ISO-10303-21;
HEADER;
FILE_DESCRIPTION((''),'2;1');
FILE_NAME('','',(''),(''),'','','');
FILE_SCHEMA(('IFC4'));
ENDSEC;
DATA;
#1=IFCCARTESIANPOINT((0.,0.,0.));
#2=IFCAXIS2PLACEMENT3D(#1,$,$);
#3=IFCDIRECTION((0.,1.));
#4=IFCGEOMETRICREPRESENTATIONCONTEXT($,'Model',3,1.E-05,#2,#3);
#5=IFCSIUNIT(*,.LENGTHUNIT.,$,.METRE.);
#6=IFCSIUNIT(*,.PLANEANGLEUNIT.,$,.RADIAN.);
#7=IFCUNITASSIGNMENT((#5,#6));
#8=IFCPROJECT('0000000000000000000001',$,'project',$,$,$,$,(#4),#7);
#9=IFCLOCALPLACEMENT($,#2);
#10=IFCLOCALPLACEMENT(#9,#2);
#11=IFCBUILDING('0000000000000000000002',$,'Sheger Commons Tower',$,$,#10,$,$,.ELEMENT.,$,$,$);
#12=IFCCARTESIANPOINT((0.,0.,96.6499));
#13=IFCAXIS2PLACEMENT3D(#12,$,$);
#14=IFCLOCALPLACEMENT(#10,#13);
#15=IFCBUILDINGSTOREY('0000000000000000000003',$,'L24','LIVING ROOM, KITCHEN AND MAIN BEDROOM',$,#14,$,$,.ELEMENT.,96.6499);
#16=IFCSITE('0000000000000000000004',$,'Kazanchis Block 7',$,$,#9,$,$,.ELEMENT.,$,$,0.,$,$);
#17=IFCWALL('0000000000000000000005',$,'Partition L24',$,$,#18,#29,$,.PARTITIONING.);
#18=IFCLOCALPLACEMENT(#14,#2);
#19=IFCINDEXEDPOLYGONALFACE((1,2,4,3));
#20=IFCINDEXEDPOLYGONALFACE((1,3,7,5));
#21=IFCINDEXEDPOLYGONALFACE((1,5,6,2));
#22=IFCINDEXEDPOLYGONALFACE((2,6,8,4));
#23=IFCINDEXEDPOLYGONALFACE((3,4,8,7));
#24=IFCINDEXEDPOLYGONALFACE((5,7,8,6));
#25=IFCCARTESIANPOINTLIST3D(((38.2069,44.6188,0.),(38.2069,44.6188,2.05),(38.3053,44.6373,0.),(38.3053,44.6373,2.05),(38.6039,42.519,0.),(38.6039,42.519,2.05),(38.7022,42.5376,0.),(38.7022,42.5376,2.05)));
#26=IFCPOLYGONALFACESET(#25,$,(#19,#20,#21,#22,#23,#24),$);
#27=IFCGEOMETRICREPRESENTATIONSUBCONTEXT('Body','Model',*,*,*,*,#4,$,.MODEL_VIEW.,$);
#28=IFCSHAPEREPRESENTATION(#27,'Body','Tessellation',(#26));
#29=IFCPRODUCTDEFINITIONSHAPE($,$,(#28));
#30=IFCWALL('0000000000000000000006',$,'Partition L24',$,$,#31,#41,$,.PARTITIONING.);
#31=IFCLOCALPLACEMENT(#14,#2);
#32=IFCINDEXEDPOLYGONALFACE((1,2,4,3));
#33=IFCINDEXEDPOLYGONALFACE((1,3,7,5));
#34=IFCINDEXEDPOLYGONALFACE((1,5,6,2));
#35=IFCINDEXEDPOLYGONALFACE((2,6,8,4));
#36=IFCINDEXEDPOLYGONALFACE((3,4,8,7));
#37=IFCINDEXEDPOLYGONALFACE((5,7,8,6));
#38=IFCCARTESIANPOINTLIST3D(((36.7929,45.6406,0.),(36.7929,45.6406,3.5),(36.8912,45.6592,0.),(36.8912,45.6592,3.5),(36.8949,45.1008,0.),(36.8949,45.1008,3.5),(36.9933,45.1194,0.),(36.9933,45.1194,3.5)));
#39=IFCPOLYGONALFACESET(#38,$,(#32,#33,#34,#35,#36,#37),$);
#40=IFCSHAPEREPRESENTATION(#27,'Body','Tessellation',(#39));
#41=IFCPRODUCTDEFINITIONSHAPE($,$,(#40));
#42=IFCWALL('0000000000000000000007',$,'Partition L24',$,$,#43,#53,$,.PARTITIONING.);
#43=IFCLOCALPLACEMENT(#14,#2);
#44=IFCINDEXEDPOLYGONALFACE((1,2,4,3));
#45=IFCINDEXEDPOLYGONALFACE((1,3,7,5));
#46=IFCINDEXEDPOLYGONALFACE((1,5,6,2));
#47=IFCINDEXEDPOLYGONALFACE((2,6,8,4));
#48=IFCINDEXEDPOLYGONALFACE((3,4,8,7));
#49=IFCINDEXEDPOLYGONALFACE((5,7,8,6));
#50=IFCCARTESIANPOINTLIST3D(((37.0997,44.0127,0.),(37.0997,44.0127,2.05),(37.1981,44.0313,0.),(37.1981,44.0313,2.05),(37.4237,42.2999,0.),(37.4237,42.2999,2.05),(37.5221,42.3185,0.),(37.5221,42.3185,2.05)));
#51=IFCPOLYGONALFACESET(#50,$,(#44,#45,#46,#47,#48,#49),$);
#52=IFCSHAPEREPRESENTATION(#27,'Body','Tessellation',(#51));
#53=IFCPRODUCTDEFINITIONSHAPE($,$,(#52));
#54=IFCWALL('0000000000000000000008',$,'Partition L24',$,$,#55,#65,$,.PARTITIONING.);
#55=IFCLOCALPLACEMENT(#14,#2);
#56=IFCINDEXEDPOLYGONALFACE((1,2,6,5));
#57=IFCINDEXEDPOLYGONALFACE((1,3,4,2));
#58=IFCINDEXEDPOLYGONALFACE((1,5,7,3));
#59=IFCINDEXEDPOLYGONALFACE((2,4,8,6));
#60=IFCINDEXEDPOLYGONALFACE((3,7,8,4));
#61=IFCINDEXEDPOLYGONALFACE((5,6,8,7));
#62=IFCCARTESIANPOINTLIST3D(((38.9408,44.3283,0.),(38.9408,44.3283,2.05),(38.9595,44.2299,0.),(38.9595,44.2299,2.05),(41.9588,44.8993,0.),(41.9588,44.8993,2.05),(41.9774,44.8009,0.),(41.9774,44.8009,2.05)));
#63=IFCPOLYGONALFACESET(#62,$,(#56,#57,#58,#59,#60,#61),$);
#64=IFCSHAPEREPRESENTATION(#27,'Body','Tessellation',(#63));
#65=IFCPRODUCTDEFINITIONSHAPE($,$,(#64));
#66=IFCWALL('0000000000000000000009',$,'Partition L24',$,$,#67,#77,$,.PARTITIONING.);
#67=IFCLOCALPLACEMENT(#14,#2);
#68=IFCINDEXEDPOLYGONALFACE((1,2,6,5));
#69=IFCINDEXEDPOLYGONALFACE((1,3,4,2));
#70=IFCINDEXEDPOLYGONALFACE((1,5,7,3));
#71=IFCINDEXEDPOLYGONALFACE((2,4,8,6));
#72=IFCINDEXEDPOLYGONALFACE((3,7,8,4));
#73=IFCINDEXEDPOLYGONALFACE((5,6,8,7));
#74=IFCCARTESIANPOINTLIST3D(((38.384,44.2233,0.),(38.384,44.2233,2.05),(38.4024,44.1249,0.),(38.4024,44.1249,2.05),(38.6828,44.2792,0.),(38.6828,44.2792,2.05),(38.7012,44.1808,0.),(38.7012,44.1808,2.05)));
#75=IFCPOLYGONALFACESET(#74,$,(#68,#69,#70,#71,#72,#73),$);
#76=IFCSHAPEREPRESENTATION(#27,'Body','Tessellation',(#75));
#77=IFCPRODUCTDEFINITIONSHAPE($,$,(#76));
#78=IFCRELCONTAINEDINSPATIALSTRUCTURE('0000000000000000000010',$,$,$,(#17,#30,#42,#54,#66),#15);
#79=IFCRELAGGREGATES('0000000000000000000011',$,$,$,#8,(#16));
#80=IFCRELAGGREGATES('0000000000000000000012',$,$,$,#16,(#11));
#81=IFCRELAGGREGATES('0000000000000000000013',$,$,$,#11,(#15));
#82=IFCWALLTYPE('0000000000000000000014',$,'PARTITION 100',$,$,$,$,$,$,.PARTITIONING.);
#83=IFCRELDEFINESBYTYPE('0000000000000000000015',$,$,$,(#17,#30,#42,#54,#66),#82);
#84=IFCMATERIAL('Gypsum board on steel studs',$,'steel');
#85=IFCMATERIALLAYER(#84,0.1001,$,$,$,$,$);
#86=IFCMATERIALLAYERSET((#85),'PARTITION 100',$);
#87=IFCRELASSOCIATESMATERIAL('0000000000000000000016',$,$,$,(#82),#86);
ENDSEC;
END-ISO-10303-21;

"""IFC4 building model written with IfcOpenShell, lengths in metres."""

from ifc_helpers import new_model, si_unit, direction, frame, frame_2d, origin, place, context, subcontext, project, spatial, rectangle, extrude, material, layer, layer_set, type_object, element, save


model = new_model("IFC4")

# Units and contexts
model_context = context("Model", 3, precision=1e-05, world=origin(), true_north=direction((0.0, 1.0)))
body_context = subcontext(model_context, "Body", "Model", "MODEL_VIEW")
ifc_project = project(units=[si_unit("LENGTHUNIT", "METRE"), si_unit("PLANEANGLEUNIT", "RADIAN")], contexts=[model_context])

# Site, building, storey
site_placement = place(None, origin())
site = spatial("IfcSite", under=ifc_project, at=site_placement, Name="Kazanchis Block 7", CompositionType="ELEMENT", RefElevation=0.0)
building_placement = place(site_placement, origin())
building = spatial("IfcBuilding", under=site, at=building_placement, Name="Sheger Commons Tower", CompositionType="ELEMENT")
storey_placement = place(building_placement, frame((0.0, 0.0, 96.6499)))
storey = spatial("IfcBuildingStorey", under=building, at=storey_placement, Name="L24", Description="LIVING ROOM, KITCHEN AND MAIN BEDROOM", CompositionType="ELEMENT", Elevation=96.6499)

# Walls
ifc_material_1 = material(Name="Gypsum board on steel studs", Category="steel")
ifc_layer_1 = layer(ifc_material_1, 0.1001)
ifc_layer_set_1 = layer_set([ifc_layer_1], Name="PARTITION 100")
wall_type_1 = type_object("IfcWallType", Name="PARTITION 100", PredefinedType="PARTITIONING", material=ifc_layer_set_1)
wall_1_placement = place(storey_placement, frame((38.2561, 44.6279, 0.0), z_axis=(0.0, 0.0, 1.0), x_axis=(0.185758, -0.982596, 0.0)))
element("IfcWall", 1, at=wall_1_placement, inside=storey, type_object=wall_type_1, Name="Partition L24", PredefinedType="PARTITIONING", context=body_context, shape_type="SweptSolid", body=[
    extrude(rectangle(XDim=2.137, YDim=0.1001, at=frame_2d((1.0684, 0.0))), origin(), (0.0, 0.0, 1.0), 2.05),
])
wall_2_placement = place(storey_placement, frame((36.842, 45.6499, 0.0), z_axis=(0.0, 0.0, 1.0), x_axis=(0.185764, -0.982594, 0.0)))
element("IfcWall", 2, at=wall_2_placement, inside=storey, type_object=wall_type_1, Name="Partition L24", PredefinedType="PARTITIONING", context=body_context, shape_type="SweptSolid", body=[
    extrude(rectangle(XDim=0.5493, YDim=0.1001, at=frame_2d((0.2747, 0.0))), origin(), (0.0, 0.0, 1.0), 3.5),
])
wall_3_placement = place(storey_placement, frame((37.1489, 44.022, 0.0), z_axis=(0.0, 0.0, 1.0), x_axis=(0.185844, -0.982579, 0.0)))
element("IfcWall", 3, at=wall_3_placement, inside=storey, type_object=wall_type_1, Name="Partition L24", PredefinedType="PARTITIONING", context=body_context, shape_type="SweptSolid", body=[
    extrude(rectangle(XDim=1.7432, YDim=0.1001, at=frame_2d((0.8716, 0.0))), origin(), (0.0, 0.0, 1.0), 2.05),
])
wall_4_placement = place(storey_placement, frame((41.968, 44.8501, 0.0), z_axis=(0.0, 0.0, 1.0), x_axis=(-0.982567, -0.18591, 0.0)))
element("IfcWall", 4, at=wall_4_placement, inside=storey, type_object=wall_type_1, Name="Partition L24", PredefinedType="PARTITIONING", context=body_context, shape_type="SweptSolid", body=[
    extrude(rectangle(XDim=3.0715, YDim=0.1001, at=frame_2d((1.5356, 0.0))), origin(), (0.0, 0.0, 1.0), 2.05),
])
wall_5_placement = place(storey_placement, frame((38.6919, 44.23, 0.0), z_axis=(0.0, 0.0, 1.0), x_axis=(-0.982945, -0.183901, 0.0)))
element("IfcWall", 5, at=wall_5_placement, inside=storey, type_object=wall_type_1, Name="Partition L24", PredefinedType="PARTITIONING", context=body_context, shape_type="SweptSolid", body=[
    extrude(rectangle(XDim=0.304, YDim=0.1001, at=frame_2d((0.1519, 0.0))), origin(), (0.0, 0.0, 1.0), 2.05),
])

save(model, "model.ifc")
